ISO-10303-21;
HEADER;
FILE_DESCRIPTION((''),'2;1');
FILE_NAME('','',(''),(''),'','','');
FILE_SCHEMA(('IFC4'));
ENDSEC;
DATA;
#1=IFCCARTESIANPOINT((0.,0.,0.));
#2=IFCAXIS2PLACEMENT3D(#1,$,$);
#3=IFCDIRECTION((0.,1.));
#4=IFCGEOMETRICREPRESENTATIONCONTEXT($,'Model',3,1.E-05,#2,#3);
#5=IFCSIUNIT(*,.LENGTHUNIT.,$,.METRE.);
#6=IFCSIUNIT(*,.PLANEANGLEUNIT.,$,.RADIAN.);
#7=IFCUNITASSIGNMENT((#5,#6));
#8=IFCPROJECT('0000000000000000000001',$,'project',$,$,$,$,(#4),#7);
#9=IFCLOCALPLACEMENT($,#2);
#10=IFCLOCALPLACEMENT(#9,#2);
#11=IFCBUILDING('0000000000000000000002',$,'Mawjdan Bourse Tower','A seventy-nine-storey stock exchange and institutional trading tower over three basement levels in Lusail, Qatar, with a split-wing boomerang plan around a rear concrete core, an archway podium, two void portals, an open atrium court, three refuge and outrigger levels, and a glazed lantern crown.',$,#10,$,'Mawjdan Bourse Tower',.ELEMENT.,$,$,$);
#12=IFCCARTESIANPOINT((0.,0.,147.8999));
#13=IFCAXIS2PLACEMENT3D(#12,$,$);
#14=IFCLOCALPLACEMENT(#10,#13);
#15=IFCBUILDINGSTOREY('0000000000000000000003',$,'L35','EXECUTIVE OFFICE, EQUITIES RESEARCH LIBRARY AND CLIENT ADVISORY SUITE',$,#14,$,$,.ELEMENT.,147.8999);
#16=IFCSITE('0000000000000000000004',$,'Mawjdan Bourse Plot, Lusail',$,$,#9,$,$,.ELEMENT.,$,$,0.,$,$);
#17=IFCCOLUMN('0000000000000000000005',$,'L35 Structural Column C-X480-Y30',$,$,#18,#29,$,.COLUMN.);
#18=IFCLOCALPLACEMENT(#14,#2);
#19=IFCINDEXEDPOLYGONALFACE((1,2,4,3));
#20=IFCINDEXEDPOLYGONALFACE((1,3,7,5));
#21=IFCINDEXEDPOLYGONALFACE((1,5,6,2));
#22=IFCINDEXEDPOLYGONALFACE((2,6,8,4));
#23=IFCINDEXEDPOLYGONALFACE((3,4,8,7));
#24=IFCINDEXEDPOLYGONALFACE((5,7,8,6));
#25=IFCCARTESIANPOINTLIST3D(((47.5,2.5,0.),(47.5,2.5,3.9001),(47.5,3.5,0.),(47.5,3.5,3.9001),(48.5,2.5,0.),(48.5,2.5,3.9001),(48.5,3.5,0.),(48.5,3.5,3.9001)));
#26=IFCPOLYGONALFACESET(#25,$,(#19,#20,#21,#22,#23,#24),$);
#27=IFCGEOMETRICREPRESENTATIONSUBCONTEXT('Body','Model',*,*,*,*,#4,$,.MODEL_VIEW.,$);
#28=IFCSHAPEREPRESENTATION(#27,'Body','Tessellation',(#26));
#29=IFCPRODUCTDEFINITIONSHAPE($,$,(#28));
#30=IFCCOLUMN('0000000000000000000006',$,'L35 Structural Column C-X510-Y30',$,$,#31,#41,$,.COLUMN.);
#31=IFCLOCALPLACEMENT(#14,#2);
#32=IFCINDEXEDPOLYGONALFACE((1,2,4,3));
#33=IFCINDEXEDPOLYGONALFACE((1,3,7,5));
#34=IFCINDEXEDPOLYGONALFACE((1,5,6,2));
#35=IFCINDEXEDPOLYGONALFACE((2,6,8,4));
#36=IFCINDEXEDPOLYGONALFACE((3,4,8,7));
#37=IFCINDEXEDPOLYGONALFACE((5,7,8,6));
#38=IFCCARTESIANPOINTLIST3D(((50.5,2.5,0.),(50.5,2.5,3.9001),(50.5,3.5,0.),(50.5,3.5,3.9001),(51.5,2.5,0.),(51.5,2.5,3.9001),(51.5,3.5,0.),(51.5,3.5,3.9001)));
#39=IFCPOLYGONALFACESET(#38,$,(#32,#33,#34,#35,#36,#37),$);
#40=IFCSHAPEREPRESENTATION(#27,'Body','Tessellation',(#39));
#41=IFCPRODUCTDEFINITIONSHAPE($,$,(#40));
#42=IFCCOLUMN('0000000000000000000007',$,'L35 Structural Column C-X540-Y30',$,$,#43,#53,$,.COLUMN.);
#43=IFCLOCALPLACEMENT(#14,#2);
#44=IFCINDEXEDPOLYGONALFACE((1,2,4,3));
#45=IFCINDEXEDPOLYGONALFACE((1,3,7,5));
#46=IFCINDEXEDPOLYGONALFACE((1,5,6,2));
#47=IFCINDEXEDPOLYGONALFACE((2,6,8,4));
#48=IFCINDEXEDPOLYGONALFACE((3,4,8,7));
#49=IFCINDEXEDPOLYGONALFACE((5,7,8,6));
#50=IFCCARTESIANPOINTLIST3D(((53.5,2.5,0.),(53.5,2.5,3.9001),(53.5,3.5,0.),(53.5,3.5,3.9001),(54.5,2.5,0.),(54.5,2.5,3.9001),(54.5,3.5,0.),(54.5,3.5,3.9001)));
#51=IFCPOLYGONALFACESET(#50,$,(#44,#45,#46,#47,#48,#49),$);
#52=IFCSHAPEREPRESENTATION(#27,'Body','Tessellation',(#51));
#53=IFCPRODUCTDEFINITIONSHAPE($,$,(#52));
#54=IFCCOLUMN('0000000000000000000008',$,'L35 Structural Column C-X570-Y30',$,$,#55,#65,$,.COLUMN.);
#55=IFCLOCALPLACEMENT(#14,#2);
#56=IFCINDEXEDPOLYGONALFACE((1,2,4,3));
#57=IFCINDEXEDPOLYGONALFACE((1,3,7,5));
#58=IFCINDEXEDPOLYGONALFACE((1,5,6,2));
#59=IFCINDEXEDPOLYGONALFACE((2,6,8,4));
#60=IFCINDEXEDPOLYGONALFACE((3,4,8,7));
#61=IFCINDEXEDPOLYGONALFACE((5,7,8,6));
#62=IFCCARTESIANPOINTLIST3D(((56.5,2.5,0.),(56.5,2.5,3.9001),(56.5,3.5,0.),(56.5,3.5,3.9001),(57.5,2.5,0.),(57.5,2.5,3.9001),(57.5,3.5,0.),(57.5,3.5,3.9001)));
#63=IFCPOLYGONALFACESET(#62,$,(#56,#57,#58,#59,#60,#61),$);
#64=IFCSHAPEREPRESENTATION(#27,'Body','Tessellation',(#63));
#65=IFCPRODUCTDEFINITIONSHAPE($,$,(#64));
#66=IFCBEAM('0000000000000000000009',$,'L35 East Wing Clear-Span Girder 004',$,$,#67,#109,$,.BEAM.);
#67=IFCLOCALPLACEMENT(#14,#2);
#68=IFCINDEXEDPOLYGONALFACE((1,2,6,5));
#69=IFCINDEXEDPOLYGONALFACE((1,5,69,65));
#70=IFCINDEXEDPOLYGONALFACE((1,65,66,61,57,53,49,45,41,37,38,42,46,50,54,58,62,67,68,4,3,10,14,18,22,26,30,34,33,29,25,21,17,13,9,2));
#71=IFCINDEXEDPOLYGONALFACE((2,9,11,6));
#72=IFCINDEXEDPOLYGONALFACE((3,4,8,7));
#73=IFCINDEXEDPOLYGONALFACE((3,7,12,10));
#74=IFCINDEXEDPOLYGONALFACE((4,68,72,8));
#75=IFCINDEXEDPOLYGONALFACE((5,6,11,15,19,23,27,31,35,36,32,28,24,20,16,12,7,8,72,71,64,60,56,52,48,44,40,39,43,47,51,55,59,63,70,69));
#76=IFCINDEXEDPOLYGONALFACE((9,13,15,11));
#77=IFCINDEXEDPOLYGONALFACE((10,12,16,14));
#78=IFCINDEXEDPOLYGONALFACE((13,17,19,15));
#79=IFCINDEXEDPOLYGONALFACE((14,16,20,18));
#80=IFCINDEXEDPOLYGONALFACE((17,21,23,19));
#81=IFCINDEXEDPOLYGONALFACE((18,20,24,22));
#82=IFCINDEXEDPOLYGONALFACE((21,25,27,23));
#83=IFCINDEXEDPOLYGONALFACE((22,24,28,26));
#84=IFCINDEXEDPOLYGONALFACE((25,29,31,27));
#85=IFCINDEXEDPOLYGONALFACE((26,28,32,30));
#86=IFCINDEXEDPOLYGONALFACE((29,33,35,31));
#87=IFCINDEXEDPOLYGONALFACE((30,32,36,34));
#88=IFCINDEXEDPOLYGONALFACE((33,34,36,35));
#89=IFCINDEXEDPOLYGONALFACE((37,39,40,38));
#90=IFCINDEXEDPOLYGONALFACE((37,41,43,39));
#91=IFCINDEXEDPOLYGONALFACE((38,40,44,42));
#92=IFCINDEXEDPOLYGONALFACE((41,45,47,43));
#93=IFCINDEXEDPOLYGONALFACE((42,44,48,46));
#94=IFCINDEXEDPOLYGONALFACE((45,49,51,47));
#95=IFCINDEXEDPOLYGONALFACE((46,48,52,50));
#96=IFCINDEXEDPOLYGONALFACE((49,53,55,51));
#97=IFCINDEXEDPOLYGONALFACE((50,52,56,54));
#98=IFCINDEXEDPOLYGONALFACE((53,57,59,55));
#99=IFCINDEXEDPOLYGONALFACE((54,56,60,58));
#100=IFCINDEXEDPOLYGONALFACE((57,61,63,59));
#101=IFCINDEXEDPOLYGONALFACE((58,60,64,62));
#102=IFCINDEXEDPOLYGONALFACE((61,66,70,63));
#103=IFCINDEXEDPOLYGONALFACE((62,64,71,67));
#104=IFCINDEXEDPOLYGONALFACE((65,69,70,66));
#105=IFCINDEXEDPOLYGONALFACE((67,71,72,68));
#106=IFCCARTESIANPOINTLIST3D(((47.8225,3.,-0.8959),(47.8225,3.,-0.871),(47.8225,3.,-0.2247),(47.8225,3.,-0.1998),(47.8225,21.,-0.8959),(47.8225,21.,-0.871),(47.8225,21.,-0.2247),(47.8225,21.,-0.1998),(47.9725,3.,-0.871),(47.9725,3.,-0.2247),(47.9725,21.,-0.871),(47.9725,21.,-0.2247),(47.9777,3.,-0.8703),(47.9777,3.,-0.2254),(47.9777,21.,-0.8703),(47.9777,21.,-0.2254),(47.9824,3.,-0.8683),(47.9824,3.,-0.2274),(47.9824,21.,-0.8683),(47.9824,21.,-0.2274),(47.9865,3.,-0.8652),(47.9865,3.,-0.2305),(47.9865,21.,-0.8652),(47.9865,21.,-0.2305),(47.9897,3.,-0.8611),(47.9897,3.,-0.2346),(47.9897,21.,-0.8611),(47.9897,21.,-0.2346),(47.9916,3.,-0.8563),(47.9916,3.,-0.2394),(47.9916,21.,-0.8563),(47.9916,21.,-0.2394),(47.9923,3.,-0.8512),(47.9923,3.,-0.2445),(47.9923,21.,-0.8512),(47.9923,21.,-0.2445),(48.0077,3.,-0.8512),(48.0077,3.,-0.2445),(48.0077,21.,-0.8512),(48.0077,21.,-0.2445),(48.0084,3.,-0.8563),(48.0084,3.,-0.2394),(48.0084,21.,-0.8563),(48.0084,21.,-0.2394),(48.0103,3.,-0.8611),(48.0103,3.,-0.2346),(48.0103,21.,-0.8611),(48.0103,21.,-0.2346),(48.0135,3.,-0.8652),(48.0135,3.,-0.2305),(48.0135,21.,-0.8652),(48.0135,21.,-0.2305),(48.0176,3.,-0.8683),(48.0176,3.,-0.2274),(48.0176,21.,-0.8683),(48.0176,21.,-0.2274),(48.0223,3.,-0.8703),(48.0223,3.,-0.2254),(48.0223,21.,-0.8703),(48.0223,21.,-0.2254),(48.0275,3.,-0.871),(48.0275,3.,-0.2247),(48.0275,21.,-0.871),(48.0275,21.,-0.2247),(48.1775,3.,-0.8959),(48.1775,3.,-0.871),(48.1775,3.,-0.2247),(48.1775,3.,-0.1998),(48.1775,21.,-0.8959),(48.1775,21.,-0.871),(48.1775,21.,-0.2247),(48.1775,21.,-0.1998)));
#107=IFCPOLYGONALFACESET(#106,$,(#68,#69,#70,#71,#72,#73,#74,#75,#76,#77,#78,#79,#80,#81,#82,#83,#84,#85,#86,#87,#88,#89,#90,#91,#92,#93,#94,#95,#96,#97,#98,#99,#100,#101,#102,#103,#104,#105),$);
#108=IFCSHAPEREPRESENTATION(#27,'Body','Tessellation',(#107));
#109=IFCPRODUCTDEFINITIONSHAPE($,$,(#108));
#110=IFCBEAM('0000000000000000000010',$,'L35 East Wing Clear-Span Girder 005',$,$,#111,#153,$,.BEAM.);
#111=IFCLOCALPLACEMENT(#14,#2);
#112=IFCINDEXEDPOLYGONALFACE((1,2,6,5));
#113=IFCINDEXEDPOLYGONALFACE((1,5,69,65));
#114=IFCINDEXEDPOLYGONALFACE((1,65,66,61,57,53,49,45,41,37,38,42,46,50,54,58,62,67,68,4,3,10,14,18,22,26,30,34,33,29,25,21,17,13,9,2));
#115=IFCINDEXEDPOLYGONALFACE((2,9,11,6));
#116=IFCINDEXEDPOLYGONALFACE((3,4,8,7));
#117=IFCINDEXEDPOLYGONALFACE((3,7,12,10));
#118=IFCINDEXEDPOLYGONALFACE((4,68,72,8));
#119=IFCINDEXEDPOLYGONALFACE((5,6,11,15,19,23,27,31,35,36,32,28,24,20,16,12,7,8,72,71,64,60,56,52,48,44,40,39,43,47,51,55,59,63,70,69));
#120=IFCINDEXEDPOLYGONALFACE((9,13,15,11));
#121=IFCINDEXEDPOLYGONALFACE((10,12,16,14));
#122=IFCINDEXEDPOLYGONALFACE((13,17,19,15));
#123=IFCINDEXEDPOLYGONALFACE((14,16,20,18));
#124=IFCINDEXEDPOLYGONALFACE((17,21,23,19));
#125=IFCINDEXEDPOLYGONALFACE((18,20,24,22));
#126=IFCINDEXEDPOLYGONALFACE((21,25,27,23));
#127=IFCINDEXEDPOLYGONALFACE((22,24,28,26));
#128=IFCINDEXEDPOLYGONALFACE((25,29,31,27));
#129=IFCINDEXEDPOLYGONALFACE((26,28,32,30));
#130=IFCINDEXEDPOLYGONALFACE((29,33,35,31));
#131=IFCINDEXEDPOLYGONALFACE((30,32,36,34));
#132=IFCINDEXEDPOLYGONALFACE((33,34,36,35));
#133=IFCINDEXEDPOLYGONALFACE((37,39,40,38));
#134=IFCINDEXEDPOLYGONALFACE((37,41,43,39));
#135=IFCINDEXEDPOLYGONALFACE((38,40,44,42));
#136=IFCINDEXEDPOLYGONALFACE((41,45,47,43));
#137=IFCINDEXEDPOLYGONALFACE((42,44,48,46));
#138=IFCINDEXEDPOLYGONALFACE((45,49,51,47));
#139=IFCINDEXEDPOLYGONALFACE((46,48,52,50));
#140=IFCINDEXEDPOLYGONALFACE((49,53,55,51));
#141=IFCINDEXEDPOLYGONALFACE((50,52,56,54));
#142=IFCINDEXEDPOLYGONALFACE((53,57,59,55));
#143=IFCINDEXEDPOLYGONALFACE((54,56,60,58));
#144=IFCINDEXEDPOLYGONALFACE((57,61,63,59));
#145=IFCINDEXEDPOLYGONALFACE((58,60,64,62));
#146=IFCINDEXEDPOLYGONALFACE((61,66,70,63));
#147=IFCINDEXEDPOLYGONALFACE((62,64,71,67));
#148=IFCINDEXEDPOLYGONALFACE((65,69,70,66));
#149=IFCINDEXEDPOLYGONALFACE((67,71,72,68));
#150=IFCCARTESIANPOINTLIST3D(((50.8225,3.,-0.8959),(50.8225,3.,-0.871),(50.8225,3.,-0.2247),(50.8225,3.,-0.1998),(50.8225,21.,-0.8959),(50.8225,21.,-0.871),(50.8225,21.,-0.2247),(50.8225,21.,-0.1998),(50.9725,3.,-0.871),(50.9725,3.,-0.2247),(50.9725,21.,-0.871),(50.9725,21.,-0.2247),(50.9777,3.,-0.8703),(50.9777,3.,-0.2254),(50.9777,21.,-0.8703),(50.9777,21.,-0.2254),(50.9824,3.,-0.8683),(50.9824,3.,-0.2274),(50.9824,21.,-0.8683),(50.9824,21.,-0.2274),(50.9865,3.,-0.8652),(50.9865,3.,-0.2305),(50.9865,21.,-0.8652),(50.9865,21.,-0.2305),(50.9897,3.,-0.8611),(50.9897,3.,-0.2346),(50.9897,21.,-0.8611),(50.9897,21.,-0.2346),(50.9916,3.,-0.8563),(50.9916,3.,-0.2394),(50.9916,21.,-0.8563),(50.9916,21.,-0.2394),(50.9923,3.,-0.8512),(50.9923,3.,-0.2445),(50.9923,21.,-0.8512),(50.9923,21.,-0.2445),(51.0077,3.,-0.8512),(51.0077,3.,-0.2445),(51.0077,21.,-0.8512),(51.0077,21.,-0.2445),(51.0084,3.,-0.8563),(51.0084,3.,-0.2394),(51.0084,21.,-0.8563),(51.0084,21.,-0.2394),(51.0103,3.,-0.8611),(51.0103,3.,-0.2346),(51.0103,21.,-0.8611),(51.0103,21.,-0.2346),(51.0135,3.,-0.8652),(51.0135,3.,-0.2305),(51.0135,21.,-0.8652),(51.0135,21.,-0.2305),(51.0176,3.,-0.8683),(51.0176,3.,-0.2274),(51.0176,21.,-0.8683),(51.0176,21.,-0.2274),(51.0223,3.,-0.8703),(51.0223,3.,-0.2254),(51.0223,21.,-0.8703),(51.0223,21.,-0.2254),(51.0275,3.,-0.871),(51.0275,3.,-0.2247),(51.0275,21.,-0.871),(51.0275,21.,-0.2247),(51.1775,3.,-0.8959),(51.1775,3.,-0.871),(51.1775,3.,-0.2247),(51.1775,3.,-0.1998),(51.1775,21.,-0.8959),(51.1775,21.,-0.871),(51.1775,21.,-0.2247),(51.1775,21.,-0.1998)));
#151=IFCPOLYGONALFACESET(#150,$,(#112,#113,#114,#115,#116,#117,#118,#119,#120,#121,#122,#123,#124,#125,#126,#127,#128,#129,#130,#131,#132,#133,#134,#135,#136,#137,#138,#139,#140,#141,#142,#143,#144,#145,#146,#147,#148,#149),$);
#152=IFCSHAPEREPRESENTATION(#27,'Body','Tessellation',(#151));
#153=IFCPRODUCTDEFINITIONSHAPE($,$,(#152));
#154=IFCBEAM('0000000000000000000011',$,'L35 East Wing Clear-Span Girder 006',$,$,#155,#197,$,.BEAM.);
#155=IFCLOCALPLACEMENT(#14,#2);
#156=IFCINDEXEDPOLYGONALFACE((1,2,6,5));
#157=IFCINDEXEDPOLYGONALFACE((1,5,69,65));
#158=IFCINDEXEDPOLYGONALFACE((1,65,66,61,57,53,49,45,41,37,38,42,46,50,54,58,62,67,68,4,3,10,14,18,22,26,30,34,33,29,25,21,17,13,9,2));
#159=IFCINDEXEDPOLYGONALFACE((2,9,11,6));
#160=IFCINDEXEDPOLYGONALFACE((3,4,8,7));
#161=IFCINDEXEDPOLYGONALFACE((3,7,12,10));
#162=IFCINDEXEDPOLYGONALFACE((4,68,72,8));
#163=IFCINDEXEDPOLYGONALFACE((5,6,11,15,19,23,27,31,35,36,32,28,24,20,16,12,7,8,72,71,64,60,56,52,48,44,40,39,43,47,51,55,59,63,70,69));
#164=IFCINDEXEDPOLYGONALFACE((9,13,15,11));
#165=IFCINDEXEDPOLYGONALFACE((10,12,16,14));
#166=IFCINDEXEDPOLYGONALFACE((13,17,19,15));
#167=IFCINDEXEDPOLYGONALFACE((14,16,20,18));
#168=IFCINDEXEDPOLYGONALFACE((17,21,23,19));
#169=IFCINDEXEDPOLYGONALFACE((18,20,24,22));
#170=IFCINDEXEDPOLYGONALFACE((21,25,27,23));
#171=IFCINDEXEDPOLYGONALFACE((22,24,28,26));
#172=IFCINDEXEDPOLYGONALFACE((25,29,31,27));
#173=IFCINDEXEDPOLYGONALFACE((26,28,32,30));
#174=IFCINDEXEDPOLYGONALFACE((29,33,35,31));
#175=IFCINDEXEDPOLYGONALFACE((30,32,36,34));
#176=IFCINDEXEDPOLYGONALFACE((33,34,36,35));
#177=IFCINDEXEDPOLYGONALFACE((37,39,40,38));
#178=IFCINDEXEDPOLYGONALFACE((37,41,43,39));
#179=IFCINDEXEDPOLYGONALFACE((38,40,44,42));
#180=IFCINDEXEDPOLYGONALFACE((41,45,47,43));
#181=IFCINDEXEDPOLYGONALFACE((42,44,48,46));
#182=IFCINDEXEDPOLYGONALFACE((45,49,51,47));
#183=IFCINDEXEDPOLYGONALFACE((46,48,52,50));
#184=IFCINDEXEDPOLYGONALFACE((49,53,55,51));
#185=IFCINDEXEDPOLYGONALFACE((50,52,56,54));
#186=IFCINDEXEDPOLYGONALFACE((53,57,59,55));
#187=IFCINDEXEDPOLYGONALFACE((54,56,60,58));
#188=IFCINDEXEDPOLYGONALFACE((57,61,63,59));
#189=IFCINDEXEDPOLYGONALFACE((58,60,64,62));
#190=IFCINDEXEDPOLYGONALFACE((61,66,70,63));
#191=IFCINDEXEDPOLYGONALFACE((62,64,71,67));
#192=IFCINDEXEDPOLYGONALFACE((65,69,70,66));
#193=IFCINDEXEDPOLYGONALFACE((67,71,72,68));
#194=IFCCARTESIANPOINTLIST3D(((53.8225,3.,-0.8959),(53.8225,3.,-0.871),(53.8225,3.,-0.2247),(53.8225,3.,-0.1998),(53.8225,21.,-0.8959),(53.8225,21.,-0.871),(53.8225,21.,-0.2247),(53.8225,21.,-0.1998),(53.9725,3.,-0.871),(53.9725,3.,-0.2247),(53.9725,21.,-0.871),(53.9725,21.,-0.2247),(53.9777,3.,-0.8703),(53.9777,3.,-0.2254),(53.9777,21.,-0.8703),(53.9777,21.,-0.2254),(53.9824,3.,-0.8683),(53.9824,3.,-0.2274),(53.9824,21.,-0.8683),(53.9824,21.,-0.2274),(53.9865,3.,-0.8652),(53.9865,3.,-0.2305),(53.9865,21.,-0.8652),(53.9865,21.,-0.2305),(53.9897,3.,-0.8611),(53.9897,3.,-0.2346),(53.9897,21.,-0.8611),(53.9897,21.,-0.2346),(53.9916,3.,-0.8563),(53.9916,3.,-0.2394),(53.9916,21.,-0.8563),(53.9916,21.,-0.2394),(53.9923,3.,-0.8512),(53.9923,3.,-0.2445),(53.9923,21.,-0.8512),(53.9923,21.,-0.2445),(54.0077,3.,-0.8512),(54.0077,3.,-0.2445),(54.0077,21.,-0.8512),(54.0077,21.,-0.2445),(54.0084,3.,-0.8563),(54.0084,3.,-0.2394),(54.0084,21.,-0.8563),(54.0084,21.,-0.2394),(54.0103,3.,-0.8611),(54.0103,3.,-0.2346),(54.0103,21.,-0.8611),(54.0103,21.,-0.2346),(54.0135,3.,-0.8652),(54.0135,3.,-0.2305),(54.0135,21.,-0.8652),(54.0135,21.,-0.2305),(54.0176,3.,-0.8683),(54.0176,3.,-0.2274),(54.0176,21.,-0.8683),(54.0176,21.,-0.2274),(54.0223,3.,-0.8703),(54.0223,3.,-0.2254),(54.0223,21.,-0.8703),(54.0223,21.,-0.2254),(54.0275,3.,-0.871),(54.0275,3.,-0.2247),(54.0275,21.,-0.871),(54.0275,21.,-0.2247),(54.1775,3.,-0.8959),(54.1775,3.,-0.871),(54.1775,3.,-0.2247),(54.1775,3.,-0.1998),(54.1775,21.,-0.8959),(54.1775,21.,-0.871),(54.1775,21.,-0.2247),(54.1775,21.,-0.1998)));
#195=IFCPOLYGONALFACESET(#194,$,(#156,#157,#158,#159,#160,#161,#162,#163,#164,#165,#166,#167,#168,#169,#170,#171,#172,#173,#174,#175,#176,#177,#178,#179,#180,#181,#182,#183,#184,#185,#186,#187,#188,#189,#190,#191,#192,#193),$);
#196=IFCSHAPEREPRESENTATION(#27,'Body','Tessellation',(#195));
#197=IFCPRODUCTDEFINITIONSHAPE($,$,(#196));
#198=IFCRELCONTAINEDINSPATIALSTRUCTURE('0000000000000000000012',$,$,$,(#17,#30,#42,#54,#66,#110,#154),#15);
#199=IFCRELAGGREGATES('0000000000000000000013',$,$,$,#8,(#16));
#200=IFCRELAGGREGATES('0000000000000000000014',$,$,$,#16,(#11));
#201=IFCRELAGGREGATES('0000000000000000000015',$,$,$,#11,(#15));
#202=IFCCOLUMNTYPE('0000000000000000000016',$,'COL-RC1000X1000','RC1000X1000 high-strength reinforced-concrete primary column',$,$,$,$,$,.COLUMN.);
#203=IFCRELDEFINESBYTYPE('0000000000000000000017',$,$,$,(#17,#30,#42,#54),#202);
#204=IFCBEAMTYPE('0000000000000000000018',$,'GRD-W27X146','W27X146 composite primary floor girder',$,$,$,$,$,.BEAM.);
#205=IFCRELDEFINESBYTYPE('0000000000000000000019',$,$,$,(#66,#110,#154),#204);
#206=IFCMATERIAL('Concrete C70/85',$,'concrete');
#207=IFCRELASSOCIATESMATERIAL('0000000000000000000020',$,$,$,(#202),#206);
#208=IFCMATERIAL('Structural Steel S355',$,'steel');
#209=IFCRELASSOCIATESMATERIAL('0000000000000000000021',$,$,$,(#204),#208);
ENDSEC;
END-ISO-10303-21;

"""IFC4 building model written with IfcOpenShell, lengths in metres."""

from ifc_helpers import new_model, si_unit, direction, frame, origin, origin_2d, place, context, subcontext, project, spatial, rectangle, i_section, extrude, material, material_profile, profile_set, type_object, element, save


model = new_model("IFC4")

# Units and contexts
model_context = context("Model", 3, precision=1e-05, world=origin(), true_north=direction((0.0, 1.0)))
body_context = subcontext(model_context, "Body", "Model", "MODEL_VIEW")
ifc_project = project(units=[si_unit("LENGTHUNIT", "METRE"), si_unit("PLANEANGLEUNIT", "RADIAN")], contexts=[model_context])

# Site, building, storey
site_placement = place(None, origin())
site = spatial("IfcSite", under=ifc_project, at=site_placement, Name="Mawjdan Bourse Plot, Lusail", CompositionType="ELEMENT", RefElevation=0.0)
building_placement = place(site_placement, origin())
building = spatial("IfcBuilding", under=site, at=building_placement, Name="Mawjdan Bourse Tower", Description="A seventy-nine-storey stock exchange and institutional trading tower over three basement levels in Lusail, Qatar, with a split-wing boomerang plan around a rear concrete core, an archway podium, two void portals, an open atrium court, three refuge and outrigger levels, and a glazed lantern crown.", LongName="Mawjdan Bourse Tower", CompositionType="ELEMENT")
storey_placement = place(building_placement, frame((0.0, 0.0, 147.8999)))
storey = spatial("IfcBuildingStorey", under=building, at=storey_placement, Name="L35", Description="EXECUTIVE OFFICE, EQUITIES RESEARCH LIBRARY AND CLIENT ADVISORY SUITE", CompositionType="ELEMENT", Elevation=147.8999)

# Columns
ifc_material_1 = material(Name="Concrete C70/85", Category="concrete")
ifc_material_profile_1 = material_profile(ifc_material_1, rectangle(XDim=1.0, YDim=1.0, at=origin_2d()), Name="RC1000X1000")
ifc_profile_set_1 = profile_set([ifc_material_profile_1], Name="Concrete C70/85")
column_type = type_object("IfcColumnType", Name="COL-RC1000X1000", Description="RC1000X1000 high-strength reinforced-concrete primary column", PredefinedType="COLUMN", material=ifc_profile_set_1)
for number, where, z_axis, x_axis, name in (
    (1, (48.0, 3.0, 0.0), (0.0, 0.0, 1.0), (1.0, 0.0, 0.0), "L35 Structural Column C-X480-Y30"),
    (2, (51.0, 3.0, 0.0), (0.0, 0.0, 1.0), (1.0, 0.0, 0.0), "L35 Structural Column C-X510-Y30"),
    (3, (54.0, 3.0, 0.0), (0.0, 0.0, 1.0), (1.0, 0.0, 0.0), "L35 Structural Column C-X540-Y30"),
    (4, (57.0, 3.0, 0.0), (0.0, 0.0, 1.0), (1.0, 0.0, 0.0), "L35 Structural Column C-X570-Y30"),
):
    element("IfcColumn", number, at=place(storey_placement, frame(where, z_axis=z_axis, x_axis=x_axis)), inside=storey, type_object=column_type, Name=name, PredefinedType="COLUMN", context=body_context, shape_type="SweptSolid", body=[
        extrude(rectangle(XDim=1.0, YDim=1.0, at=origin_2d()), origin(), (0.0, 0.0, 1.0), 3.9001),
    ])

# Beams
ifc_material_2 = material(Name="Structural Steel S355", Category="steel")
ifc_material_profile_2 = material_profile(ifc_material_2, i_section(OverallWidth=0.355, OverallDepth=0.696, WebThickness=0.0154, FlangeThickness=0.0249, FilletRadius=0.0198, at=origin_2d()), Name="W27X146")
ifc_profile_set_2 = profile_set([ifc_material_profile_2], Name="Structural Steel S355")
beam_type_1 = type_object("IfcBeamType", Name="GRD-W27X146", Description="W27X146 composite primary floor girder", PredefinedType="BEAM", material=ifc_profile_set_2)
for number, where, z_axis, x_axis, name in (
    (5, (48.0, 3.0, -0.5479), (0.0, 1.0, 0.0), (-1.0, 0.0, 0.0), "L35 East Wing Clear-Span Girder 004"),
    (6, (51.0, 3.0, -0.5479), (0.0, 1.0, 0.0), (-1.0, 0.0, 0.0), "L35 East Wing Clear-Span Girder 005"),
    (7, (54.0, 3.0, -0.5479), (0.0, 1.0, 0.0), (-1.0, 0.0, 0.0), "L35 East Wing Clear-Span Girder 006"),
):
    element("IfcBeam", number, at=place(storey_placement, frame(where, z_axis=z_axis, x_axis=x_axis)), inside=storey, type_object=beam_type_1, Name=name, PredefinedType="BEAM", context=body_context, shape_type="SweptSolid", body=[
        extrude(i_section(OverallWidth=0.355, OverallDepth=0.696, WebThickness=0.0154, FlangeThickness=0.0249, FilletRadius=0.0198, at=origin_2d()), origin(), (0.0, 0.0, 1.0), 18.0),
    ])

save(model, "model.ifc")
